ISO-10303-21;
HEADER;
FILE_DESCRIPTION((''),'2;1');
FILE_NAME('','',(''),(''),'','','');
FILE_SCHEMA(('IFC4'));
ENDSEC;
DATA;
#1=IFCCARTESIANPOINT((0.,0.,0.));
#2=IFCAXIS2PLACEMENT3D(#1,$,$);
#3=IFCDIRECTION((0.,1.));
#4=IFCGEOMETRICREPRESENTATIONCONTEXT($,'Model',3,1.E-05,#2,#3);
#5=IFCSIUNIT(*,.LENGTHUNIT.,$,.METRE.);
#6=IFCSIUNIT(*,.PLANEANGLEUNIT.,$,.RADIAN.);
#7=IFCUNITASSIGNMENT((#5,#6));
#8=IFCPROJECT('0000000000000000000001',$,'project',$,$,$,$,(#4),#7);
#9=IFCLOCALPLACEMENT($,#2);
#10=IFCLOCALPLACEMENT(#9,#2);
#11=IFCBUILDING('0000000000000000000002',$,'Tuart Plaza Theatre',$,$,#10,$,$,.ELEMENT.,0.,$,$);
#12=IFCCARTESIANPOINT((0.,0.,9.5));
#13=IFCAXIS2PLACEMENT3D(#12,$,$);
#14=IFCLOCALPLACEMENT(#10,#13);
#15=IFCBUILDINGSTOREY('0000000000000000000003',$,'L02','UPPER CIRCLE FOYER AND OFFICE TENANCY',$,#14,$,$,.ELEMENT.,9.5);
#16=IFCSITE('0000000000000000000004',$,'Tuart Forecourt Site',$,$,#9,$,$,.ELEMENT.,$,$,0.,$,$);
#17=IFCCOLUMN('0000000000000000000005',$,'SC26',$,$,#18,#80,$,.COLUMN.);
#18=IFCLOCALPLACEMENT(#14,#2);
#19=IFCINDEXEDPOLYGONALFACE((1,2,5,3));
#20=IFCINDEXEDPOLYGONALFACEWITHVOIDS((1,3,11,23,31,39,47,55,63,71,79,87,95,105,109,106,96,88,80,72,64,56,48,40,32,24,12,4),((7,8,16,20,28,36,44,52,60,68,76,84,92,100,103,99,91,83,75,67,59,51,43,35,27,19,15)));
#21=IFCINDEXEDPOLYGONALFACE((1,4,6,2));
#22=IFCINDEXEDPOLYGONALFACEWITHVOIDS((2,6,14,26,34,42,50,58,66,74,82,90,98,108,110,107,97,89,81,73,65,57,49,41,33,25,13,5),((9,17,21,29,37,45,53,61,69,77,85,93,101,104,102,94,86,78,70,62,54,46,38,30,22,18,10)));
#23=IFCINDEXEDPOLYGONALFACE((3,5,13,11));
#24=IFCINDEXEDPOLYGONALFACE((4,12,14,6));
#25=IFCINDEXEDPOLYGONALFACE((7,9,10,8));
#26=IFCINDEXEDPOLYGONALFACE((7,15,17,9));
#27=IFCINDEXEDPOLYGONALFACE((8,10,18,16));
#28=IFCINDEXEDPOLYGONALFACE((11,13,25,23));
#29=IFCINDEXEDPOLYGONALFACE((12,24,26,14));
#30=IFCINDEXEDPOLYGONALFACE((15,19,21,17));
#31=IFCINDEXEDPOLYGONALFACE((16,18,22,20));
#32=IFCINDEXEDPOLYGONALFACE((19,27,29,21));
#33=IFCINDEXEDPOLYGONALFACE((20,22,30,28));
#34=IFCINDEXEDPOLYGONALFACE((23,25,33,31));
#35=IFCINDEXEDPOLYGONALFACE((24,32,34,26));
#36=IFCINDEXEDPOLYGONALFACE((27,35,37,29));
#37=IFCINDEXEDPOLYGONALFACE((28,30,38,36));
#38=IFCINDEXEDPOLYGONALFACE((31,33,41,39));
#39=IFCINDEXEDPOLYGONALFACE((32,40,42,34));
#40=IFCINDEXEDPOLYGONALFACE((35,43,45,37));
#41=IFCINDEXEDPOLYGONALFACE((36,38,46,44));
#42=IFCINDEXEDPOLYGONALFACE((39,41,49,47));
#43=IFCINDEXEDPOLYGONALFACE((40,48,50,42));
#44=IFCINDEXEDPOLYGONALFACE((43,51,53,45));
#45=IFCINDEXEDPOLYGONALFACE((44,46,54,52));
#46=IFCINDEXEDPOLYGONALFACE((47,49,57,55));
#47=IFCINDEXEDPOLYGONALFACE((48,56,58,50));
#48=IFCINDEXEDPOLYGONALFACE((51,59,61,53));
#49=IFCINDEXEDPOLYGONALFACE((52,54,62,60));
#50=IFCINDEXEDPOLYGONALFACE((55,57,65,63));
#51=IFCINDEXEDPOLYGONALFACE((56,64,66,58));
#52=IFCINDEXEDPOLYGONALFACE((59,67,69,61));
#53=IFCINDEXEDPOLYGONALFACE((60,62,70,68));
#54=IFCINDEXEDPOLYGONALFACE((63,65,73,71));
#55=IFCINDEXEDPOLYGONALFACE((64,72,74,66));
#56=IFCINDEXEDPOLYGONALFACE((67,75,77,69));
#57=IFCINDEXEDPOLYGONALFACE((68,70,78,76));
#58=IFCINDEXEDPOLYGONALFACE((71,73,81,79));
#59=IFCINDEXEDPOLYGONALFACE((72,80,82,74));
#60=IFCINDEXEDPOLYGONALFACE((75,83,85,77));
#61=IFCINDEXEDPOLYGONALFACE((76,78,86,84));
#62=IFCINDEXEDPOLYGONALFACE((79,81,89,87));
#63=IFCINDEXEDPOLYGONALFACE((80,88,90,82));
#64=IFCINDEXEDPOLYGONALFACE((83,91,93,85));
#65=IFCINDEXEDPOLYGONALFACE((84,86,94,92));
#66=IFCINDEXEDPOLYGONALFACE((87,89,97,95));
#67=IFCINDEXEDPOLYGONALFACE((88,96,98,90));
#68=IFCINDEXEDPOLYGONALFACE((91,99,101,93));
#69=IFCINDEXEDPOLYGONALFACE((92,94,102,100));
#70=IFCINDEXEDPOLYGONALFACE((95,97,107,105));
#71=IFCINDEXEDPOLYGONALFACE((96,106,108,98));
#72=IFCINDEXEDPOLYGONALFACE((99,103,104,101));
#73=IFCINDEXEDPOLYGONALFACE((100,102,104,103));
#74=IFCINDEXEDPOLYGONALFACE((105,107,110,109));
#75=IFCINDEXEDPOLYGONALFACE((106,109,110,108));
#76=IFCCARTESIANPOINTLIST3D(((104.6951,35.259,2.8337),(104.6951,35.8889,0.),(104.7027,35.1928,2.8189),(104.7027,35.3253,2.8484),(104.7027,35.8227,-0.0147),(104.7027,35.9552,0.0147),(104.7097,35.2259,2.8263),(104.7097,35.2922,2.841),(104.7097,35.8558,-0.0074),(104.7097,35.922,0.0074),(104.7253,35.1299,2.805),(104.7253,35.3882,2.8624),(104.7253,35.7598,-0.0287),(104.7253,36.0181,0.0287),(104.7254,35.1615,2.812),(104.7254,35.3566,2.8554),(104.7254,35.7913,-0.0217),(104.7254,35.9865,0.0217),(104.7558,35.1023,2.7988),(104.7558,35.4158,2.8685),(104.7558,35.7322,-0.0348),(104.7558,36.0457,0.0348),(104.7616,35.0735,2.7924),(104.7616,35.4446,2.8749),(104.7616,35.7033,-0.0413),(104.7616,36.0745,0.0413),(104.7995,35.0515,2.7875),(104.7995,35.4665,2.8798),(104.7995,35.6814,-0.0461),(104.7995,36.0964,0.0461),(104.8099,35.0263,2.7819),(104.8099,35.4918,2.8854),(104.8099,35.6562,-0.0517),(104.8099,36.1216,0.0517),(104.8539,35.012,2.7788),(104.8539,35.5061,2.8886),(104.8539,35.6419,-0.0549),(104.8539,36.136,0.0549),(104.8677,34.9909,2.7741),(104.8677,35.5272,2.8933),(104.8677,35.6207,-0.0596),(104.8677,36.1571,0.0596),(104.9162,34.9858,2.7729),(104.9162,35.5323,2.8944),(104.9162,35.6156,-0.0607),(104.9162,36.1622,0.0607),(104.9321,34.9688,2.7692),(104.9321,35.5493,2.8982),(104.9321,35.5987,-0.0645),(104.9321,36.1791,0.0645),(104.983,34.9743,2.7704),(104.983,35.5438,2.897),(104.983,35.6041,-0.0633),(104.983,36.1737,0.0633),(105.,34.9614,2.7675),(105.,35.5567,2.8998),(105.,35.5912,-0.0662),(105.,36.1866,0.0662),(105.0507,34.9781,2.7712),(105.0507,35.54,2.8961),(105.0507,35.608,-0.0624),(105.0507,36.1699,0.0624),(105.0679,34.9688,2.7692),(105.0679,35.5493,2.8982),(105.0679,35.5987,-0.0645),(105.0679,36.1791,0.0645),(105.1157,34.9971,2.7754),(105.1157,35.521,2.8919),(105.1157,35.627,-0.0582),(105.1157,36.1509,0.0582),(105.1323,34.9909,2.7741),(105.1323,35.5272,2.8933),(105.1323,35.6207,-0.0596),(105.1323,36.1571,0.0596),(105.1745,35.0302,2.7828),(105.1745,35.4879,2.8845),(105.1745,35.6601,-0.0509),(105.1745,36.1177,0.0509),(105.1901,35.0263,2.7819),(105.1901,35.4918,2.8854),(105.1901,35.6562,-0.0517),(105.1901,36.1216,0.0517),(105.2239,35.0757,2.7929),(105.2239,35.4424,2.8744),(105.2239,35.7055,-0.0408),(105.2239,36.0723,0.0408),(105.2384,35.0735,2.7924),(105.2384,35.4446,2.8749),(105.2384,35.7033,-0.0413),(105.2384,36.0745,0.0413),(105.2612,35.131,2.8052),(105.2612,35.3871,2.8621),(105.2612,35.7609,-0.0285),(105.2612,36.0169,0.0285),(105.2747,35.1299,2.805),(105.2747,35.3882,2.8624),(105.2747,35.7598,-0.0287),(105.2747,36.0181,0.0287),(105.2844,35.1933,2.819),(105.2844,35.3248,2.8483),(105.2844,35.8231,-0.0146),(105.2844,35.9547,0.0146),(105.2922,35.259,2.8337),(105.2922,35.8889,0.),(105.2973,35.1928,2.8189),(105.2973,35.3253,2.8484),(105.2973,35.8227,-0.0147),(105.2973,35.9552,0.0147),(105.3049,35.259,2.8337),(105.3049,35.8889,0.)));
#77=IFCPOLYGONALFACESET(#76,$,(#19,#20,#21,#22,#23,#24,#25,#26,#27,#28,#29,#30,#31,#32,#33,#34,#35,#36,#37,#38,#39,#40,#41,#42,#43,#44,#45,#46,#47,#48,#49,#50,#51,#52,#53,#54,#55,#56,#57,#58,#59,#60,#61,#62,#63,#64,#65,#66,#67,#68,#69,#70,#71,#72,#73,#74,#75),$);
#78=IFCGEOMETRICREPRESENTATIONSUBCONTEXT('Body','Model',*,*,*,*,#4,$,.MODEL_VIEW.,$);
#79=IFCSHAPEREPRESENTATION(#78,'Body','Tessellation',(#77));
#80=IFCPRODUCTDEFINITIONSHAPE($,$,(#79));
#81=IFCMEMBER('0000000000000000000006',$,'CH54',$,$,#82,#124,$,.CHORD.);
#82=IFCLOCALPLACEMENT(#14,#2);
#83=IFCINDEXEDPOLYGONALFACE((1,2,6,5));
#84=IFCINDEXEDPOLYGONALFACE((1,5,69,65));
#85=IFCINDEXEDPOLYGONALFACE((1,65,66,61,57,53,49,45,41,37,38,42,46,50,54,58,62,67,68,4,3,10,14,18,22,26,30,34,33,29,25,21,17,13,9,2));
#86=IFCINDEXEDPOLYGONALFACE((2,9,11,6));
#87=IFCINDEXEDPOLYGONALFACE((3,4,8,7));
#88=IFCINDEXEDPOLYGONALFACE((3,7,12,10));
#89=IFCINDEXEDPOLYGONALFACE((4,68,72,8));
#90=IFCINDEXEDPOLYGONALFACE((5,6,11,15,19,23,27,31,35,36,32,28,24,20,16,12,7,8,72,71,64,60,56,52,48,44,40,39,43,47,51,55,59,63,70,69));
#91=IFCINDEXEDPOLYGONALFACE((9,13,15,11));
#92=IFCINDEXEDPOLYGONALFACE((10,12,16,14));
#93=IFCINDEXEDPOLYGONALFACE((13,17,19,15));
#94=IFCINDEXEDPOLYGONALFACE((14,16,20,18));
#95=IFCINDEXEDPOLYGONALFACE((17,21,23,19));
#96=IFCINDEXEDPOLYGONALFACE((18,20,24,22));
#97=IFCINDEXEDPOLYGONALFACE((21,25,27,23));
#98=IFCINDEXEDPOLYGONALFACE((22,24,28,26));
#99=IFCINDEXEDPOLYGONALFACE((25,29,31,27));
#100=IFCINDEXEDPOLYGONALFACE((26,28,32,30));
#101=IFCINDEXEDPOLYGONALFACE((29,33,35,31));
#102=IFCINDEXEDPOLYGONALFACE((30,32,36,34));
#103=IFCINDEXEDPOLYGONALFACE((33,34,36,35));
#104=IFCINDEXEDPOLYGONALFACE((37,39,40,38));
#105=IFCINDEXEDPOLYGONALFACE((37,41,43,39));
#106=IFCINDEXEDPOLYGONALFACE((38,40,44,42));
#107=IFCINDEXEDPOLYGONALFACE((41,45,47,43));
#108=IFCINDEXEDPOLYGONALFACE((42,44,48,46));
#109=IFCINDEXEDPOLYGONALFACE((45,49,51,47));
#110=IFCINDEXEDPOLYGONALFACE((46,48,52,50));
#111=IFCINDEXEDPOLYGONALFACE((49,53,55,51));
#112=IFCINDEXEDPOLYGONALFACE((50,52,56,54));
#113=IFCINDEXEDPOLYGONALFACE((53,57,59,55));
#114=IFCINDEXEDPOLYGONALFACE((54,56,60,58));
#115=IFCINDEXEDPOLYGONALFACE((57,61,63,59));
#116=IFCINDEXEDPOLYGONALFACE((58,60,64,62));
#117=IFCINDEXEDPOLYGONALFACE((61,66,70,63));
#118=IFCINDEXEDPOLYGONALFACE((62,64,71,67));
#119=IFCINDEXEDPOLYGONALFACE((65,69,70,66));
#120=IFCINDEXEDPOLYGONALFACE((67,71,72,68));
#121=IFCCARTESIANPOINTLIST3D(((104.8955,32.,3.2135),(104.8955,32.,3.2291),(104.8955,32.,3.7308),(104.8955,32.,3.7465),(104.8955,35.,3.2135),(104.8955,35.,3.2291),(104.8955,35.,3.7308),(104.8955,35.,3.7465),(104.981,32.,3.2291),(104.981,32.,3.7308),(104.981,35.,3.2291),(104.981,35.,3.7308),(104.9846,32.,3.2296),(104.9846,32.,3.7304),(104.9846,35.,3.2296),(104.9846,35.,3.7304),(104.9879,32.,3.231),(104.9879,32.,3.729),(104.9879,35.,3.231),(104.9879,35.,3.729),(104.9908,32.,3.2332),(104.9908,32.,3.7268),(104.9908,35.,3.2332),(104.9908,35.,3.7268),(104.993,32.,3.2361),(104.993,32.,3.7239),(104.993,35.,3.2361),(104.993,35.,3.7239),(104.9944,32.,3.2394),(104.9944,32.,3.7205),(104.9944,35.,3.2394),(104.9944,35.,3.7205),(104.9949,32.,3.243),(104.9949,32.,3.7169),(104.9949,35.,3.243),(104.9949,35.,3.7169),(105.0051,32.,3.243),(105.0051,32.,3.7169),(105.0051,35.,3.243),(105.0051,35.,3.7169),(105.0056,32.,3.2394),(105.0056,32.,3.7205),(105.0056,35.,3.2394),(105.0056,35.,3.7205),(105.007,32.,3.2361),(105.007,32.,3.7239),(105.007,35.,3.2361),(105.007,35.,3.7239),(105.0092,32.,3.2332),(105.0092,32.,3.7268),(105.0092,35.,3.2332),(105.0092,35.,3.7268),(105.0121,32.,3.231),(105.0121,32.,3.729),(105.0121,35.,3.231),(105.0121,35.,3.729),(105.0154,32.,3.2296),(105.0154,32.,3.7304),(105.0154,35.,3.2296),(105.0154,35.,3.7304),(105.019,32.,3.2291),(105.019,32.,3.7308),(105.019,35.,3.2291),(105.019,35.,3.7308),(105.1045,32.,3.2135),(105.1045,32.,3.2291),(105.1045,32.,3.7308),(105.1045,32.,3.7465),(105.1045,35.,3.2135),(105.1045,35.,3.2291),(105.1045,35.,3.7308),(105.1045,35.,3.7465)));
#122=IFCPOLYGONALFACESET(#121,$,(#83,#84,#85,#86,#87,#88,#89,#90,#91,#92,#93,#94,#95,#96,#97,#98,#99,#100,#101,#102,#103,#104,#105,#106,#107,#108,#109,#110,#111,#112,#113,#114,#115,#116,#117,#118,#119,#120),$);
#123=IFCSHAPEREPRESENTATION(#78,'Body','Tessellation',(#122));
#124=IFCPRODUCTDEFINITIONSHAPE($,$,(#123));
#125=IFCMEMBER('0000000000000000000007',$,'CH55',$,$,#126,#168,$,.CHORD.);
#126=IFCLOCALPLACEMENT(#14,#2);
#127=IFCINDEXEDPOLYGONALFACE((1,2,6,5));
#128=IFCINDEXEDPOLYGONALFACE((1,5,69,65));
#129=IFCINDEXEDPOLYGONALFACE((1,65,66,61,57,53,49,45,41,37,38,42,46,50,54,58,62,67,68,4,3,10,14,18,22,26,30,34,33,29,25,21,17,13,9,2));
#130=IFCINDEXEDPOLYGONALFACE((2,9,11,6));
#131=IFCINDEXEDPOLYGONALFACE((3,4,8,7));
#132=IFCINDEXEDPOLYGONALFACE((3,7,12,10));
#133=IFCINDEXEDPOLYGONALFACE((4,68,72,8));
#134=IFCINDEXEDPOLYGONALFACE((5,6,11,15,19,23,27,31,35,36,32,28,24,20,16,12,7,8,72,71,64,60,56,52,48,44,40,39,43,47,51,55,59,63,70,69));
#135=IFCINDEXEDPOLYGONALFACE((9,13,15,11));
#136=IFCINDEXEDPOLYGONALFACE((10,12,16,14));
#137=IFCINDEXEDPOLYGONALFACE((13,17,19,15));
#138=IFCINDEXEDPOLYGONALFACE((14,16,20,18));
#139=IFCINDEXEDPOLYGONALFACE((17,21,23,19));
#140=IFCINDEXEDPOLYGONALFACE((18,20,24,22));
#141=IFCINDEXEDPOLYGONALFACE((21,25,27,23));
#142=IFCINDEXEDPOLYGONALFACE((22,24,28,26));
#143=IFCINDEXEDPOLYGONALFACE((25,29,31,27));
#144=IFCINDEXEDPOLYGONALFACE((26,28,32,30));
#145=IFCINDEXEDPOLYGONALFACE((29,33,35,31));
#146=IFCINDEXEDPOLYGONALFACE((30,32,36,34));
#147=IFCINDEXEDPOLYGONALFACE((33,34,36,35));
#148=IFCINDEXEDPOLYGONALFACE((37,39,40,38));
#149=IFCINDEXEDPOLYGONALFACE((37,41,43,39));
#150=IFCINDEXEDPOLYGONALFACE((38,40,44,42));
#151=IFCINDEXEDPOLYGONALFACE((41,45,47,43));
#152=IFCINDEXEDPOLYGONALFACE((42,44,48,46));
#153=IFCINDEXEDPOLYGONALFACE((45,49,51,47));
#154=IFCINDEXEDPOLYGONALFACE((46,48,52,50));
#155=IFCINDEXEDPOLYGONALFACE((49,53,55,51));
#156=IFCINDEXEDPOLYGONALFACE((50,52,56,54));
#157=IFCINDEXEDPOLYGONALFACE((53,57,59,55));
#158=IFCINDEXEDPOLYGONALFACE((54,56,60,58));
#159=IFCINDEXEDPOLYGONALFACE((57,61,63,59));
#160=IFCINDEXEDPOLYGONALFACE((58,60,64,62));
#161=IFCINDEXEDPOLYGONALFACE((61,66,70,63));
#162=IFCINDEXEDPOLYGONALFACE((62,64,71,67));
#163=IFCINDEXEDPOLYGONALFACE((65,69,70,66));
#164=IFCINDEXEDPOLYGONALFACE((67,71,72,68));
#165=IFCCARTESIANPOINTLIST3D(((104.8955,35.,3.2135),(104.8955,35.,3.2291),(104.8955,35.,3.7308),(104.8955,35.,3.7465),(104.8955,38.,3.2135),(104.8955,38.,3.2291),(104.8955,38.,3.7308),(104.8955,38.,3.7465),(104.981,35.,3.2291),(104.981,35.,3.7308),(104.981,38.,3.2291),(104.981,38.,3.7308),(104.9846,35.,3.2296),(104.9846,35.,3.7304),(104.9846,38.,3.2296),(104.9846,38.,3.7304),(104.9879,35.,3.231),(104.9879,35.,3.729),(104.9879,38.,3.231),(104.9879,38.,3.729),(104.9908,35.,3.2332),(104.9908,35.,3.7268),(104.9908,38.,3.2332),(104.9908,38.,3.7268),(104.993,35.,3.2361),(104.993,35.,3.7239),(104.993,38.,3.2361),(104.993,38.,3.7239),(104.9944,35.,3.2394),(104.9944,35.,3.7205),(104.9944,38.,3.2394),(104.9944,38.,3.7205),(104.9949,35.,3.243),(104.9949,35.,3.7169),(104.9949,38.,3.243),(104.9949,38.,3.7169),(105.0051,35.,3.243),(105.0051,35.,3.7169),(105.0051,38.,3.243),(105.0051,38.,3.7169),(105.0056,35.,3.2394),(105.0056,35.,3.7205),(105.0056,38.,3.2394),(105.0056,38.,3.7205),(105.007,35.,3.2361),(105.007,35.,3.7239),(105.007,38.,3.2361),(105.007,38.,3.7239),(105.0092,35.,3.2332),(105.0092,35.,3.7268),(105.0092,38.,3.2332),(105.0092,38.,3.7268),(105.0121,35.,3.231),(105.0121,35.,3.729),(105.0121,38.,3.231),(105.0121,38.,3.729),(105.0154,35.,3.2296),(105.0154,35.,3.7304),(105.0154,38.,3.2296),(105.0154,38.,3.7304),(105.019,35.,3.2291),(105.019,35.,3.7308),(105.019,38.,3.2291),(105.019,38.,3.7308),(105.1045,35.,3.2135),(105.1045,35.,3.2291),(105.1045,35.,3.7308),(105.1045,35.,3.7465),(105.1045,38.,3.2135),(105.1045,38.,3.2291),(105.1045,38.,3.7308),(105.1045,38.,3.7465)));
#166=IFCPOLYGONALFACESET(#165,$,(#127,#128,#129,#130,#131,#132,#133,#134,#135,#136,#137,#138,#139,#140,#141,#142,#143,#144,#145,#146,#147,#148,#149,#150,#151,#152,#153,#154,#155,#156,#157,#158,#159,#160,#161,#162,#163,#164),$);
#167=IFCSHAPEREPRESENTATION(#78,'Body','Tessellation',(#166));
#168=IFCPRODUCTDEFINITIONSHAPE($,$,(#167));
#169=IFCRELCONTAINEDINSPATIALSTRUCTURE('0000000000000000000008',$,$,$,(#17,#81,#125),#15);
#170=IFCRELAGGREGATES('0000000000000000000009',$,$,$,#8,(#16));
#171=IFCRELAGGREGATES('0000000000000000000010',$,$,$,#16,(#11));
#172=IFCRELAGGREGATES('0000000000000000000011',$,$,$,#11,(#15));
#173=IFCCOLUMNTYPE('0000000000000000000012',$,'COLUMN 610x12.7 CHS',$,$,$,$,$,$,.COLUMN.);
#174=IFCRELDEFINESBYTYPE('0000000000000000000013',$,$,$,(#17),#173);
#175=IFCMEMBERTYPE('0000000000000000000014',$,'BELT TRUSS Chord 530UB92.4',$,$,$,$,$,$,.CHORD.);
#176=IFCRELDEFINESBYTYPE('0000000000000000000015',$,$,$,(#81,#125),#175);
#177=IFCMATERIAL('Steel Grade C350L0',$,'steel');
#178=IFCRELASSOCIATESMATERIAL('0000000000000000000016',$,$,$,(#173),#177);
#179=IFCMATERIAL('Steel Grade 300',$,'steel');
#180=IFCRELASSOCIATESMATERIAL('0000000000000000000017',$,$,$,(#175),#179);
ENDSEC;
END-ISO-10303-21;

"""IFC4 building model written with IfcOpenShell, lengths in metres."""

from ifc_helpers import new_model, si_unit, direction, frame, origin, origin_2d, place, context, subcontext, project, spatial, hollow_circle, i_section, extrude, material, material_profile, profile_set, type_object, element, save


model = new_model("IFC4")

# Units and contexts
model_context = context("Model", 3, precision=1e-05, world=origin(), true_north=direction((0.0, 1.0)))
body_context = subcontext(model_context, "Body", "Model", "MODEL_VIEW")
ifc_project = project(units=[si_unit("LENGTHUNIT", "METRE"), si_unit("PLANEANGLEUNIT", "RADIAN")], contexts=[model_context])

# Site, building, storey
site_placement = place(None, origin())
site = spatial("IfcSite", under=ifc_project, at=site_placement, Name="Tuart Forecourt Site", CompositionType="ELEMENT", RefElevation=0.0)
building_placement = place(site_placement, origin())
building = spatial("IfcBuilding", under=site, at=building_placement, Name="Tuart Plaza Theatre", CompositionType="ELEMENT", ElevationOfRefHeight=0.0)
storey_placement = place(building_placement, frame((0.0, 0.0, 9.5)))
storey = spatial("IfcBuildingStorey", under=building, at=storey_placement, Name="L02", Description="UPPER CIRCLE FOYER AND OFFICE TENANCY", CompositionType="ELEMENT", Elevation=9.5)

# Column
ifc_material_1 = material(Name="Steel Grade C350L0", Category="steel")
ifc_material_profile_1 = material_profile(ifc_material_1, hollow_circle(Radius=0.3049, WallThickness=0.0127, at=origin_2d()), Name="610x12.7 CHS")
ifc_profile_set_1 = profile_set([ifc_material_profile_1], Name="Steel Grade C350L0")
column_type = type_object("IfcColumnType", Name="COLUMN 610x12.7 CHS", PredefinedType="COLUMN", material=ifc_profile_set_1)
column_placement = place(storey_placement, frame((105.0, 35.8889, 0.0), z_axis=(0.0, -0.216984, 0.976175), x_axis=(1.0, 0.0, 0.0)))
element("IfcColumn", 1, at=column_placement, inside=storey, type_object=column_type, Name="SC26", PredefinedType="COLUMN", context=body_context, shape_type="SweptSolid", body=[
    extrude(hollow_circle(Radius=0.3049, WallThickness=0.0127, at=origin_2d()), origin(), (0.0, 0.0, 1.0), 2.9028),
])

# Members
ifc_material_2 = material(Name="Steel Grade 300", Category="steel")
ifc_material_profile_2 = material_profile(ifc_material_2, i_section(OverallWidth=0.209, OverallDepth=0.533, WebThickness=0.0103, FlangeThickness=0.0156, FilletRadius=0.0139, at=origin_2d()), Name="530UB92.4")
ifc_profile_set_2 = profile_set([ifc_material_profile_2], Name="Steel Grade 300")
member_type_1 = type_object("IfcMemberType", Name="BELT TRUSS Chord 530UB92.4", PredefinedType="CHORD", material=ifc_profile_set_2)
for number, where, z_axis, x_axis, name in (
    (2, (105.0, 32.0, 3.48), (0.0, 1.0, 0.0), (-1.0, 0.0, 0.0), "CH54"),
    (3, (105.0, 35.0, 3.48), (0.0, 1.0, 0.0), (-1.0, 0.0, 0.0), "CH55"),
):
    element("IfcMember", number, at=place(storey_placement, frame(where, z_axis=z_axis, x_axis=x_axis)), inside=storey, type_object=member_type_1, Name=name, PredefinedType="CHORD", context=body_context, shape_type="SweptSolid", body=[
        extrude(i_section(OverallWidth=0.209, OverallDepth=0.533, WebThickness=0.0103, FlangeThickness=0.0156, FilletRadius=0.0139, at=origin_2d()), origin(), (0.0, 0.0, 1.0), 3.0),
    ])

save(model, "model.ifc")
